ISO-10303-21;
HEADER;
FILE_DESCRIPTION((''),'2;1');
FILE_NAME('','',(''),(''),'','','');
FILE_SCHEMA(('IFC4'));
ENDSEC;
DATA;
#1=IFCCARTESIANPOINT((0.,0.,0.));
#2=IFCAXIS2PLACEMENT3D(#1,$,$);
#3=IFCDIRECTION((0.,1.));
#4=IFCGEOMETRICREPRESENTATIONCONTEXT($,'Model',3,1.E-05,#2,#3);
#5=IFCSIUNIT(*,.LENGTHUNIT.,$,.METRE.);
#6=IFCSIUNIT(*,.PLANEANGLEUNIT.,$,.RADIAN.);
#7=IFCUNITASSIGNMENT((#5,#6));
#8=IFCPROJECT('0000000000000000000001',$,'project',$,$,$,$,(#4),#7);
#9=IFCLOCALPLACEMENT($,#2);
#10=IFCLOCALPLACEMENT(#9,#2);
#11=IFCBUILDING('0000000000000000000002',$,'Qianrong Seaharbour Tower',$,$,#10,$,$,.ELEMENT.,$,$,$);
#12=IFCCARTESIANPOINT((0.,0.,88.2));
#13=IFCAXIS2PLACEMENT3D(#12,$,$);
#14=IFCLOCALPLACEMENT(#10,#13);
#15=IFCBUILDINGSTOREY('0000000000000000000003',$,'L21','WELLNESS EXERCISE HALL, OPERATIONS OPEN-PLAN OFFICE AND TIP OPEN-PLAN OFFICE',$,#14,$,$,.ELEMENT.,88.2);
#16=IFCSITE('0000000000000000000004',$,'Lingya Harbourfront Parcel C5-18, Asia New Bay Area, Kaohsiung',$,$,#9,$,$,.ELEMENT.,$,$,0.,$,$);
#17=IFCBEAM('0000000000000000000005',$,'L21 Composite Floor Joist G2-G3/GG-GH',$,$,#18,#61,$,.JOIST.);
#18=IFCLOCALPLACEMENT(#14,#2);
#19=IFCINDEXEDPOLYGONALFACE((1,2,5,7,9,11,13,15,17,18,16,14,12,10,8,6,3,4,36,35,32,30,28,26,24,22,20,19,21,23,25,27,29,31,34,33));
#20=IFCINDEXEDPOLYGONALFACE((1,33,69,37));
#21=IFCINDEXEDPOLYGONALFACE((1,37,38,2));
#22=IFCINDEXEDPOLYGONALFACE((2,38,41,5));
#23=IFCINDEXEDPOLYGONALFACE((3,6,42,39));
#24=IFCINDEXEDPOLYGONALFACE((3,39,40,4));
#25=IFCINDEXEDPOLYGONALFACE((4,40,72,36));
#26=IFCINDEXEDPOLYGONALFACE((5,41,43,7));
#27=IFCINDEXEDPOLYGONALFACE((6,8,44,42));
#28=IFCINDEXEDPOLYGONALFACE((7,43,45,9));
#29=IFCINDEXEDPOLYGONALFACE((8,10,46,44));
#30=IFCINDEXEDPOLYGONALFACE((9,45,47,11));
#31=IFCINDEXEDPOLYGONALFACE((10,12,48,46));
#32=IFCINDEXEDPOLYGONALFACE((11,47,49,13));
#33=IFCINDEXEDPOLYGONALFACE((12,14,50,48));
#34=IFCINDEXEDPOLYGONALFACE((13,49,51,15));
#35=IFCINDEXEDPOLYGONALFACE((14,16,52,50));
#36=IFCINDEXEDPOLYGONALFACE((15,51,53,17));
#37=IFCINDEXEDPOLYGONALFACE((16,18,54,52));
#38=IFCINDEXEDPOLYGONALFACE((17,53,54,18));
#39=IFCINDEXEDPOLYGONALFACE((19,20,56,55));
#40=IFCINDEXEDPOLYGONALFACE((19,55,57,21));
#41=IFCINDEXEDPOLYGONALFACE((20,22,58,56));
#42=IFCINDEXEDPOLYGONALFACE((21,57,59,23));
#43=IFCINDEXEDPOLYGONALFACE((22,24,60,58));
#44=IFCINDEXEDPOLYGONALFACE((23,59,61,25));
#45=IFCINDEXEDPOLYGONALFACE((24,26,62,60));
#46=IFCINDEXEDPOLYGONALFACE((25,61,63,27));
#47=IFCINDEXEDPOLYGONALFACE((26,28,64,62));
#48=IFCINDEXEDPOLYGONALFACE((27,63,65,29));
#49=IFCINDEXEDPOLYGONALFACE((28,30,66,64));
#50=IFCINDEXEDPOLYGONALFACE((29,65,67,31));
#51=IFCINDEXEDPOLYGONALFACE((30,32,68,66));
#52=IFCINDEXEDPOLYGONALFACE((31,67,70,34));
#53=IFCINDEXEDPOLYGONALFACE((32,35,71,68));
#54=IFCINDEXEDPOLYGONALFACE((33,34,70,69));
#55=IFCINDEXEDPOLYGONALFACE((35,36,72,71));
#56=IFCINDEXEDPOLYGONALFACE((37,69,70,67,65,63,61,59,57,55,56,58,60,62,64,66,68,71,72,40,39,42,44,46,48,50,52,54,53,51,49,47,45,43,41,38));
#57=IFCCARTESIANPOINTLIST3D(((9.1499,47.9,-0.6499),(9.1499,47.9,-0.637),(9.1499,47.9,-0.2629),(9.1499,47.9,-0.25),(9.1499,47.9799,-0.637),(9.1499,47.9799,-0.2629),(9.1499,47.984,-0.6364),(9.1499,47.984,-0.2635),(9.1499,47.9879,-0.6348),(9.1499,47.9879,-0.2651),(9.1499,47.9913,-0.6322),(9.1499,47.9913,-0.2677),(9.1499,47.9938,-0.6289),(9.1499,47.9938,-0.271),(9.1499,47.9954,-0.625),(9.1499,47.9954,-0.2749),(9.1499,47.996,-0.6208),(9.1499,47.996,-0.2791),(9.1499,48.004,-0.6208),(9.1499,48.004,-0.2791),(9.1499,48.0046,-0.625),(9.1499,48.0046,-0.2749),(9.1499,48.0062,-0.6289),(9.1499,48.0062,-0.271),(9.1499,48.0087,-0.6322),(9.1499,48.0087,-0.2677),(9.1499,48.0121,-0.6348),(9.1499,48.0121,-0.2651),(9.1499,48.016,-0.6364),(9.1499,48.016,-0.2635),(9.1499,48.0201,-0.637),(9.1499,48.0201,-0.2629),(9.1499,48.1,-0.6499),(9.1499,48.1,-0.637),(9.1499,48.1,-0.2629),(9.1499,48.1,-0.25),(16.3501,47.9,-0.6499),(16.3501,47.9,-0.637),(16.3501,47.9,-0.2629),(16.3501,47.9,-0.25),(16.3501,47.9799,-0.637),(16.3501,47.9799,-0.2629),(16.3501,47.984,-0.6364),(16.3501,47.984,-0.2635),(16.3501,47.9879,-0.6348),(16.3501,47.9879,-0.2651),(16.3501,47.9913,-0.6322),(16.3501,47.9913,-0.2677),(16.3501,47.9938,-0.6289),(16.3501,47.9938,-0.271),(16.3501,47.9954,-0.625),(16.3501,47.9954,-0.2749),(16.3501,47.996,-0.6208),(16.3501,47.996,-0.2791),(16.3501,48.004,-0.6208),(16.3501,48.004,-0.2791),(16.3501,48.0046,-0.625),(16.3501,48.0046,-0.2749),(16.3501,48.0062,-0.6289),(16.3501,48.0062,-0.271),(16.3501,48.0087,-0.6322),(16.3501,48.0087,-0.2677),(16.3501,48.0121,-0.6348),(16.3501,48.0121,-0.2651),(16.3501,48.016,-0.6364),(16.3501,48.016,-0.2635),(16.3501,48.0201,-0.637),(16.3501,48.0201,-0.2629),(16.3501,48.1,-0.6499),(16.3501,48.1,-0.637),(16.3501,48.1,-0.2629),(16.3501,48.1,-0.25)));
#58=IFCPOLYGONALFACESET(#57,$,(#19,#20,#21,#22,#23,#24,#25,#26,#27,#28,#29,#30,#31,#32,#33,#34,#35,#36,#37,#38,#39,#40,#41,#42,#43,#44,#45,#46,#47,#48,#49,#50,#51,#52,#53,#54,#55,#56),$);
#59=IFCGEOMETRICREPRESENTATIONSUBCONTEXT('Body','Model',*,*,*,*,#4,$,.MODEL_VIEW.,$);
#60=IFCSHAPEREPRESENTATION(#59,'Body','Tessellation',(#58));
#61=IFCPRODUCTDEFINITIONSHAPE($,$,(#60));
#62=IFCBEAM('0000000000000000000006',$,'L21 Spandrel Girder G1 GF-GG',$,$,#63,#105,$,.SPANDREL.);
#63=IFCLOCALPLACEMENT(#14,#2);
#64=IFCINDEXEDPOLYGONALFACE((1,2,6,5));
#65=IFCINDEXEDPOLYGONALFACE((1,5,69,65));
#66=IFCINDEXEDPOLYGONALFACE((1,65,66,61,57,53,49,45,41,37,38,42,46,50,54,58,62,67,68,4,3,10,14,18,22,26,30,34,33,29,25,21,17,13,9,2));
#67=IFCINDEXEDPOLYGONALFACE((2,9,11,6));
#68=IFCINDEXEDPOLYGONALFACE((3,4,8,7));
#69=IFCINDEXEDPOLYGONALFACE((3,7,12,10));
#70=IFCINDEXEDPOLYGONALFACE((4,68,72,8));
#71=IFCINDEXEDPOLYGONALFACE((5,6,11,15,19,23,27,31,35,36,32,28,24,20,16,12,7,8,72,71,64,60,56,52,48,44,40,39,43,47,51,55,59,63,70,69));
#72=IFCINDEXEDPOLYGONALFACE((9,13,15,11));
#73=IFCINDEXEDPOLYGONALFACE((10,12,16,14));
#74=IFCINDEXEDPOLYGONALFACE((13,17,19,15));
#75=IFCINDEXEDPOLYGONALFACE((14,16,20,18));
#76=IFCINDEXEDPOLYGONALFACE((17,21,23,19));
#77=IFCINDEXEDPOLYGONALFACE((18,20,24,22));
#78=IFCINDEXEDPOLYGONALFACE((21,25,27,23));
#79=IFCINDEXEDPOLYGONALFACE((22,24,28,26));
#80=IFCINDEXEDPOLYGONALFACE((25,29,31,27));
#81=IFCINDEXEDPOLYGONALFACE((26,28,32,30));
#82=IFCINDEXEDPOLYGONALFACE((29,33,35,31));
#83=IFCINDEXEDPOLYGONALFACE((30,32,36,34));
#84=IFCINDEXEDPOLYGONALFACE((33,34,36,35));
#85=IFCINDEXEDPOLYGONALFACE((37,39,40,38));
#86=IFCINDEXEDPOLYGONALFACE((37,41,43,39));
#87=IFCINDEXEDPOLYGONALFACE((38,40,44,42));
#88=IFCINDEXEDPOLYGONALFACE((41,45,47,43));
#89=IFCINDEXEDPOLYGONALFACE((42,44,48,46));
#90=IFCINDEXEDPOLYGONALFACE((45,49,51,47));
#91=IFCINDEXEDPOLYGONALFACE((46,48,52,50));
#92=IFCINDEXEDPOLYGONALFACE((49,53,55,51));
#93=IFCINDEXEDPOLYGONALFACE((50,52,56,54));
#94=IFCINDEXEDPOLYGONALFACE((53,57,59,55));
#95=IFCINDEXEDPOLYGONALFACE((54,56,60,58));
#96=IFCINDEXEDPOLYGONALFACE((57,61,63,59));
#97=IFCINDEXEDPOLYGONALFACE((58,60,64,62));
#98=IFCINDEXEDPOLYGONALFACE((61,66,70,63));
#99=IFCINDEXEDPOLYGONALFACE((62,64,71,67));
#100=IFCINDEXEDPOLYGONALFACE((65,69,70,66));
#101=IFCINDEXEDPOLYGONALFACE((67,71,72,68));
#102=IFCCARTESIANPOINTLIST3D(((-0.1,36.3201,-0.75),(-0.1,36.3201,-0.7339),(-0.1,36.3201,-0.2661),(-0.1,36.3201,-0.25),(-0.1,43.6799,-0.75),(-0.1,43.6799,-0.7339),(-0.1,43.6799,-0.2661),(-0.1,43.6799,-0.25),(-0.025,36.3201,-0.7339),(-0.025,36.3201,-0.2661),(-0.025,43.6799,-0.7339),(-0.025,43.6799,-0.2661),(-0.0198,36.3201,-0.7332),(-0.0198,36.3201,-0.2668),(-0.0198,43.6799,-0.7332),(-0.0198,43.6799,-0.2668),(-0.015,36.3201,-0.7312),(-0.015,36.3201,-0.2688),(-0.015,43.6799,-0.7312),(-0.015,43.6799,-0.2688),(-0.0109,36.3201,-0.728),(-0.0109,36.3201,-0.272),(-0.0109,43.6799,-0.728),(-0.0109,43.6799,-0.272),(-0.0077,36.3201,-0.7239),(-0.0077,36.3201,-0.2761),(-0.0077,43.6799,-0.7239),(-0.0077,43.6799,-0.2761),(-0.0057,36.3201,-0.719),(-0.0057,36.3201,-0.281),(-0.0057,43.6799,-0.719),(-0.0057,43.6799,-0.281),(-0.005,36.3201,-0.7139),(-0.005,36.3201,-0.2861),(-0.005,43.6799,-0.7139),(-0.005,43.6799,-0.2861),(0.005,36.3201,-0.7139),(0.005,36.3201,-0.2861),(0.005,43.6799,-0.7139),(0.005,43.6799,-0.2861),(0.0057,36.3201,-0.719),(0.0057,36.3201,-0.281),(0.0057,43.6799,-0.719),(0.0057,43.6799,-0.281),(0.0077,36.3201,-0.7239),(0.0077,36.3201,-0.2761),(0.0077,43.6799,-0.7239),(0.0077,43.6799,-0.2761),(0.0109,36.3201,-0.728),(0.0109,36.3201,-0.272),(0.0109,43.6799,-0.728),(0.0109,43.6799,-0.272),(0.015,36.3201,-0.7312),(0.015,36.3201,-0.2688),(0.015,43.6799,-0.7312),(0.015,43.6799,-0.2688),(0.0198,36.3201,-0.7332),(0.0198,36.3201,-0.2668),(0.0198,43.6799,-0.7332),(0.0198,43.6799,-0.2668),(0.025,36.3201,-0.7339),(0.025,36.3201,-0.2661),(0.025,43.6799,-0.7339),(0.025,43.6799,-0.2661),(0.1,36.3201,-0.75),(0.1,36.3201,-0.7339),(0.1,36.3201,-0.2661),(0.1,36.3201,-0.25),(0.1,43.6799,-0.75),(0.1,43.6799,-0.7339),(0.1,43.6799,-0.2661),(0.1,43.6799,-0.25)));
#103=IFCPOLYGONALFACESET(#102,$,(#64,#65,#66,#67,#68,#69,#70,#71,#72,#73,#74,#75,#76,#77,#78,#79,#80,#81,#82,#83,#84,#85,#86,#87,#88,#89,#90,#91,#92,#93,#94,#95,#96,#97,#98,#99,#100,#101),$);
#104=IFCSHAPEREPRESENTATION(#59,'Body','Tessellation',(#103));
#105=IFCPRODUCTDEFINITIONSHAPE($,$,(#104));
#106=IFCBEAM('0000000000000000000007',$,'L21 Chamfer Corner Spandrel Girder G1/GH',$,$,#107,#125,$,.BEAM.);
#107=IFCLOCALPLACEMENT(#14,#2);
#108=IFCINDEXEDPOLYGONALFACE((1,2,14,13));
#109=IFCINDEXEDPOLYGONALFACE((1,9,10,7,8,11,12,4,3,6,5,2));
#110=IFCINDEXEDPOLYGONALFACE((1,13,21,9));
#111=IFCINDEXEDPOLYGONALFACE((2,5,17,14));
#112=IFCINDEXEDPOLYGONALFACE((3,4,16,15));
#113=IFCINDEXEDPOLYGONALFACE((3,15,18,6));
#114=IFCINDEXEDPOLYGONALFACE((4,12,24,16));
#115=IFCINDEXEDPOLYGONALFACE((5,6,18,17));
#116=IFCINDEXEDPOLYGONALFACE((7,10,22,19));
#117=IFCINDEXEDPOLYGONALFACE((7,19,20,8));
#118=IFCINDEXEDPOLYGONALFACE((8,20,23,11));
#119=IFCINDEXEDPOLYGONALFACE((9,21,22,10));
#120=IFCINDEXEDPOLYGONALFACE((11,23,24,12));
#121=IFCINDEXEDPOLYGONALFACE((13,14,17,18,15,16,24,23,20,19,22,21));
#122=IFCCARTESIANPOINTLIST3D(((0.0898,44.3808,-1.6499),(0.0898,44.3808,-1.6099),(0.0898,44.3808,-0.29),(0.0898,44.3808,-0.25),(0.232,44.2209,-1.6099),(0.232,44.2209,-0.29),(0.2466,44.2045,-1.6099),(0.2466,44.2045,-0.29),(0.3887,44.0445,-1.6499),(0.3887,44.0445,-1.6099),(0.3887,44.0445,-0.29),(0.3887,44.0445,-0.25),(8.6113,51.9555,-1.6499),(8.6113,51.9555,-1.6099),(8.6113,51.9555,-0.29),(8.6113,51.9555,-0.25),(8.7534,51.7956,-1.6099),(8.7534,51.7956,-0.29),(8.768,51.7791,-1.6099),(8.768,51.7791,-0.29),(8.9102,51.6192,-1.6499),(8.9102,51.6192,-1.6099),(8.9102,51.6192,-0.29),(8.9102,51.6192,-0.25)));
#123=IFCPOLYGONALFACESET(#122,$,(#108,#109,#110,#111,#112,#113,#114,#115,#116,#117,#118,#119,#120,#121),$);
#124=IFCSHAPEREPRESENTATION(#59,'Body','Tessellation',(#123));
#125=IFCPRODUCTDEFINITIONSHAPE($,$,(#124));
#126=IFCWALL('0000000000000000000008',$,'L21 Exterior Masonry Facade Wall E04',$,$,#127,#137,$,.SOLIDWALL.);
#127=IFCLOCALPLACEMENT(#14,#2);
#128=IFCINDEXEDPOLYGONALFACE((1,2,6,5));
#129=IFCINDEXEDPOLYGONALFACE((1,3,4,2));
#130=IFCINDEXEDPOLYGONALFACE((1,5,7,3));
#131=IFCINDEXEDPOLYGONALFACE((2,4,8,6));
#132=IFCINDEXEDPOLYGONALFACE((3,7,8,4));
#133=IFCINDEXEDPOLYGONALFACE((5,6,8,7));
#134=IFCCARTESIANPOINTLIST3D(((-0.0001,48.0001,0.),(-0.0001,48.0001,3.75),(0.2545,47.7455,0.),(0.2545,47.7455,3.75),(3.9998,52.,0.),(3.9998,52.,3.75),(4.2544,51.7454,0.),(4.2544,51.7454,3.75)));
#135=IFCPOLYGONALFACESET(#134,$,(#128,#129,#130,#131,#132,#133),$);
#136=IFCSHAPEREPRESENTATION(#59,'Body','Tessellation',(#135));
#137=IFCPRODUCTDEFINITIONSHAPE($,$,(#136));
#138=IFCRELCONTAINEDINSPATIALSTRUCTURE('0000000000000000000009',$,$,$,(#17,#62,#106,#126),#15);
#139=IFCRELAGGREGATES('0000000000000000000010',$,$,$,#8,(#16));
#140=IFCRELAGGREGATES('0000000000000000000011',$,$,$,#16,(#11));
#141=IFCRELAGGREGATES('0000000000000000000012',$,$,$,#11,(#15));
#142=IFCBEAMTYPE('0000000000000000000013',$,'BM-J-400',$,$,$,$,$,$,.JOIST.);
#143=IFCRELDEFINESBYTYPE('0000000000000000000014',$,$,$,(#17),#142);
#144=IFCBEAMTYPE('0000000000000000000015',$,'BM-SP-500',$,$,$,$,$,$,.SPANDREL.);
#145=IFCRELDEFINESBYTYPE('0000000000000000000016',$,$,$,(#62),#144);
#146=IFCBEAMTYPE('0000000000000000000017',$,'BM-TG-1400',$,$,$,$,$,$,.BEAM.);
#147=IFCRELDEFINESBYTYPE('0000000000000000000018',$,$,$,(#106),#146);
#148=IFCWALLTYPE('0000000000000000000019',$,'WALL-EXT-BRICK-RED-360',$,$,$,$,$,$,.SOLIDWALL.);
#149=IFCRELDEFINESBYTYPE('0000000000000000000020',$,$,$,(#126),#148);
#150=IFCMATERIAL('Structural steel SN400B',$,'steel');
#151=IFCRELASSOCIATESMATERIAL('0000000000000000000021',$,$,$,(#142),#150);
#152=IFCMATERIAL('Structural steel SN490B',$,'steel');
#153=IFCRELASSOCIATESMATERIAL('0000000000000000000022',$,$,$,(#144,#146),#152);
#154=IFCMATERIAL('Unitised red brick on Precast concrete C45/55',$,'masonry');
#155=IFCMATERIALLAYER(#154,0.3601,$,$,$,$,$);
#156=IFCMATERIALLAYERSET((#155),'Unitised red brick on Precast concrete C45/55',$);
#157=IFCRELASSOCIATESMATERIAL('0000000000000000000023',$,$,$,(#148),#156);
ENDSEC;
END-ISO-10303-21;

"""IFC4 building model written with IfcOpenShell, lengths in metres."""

from ifc_helpers import new_model, si_unit, direction, frame, frame_2d, origin, origin_2d, place, context, subcontext, project, spatial, rectangle, i_section, extrude, material, layer, layer_set, material_profile, profile_set, type_object, element, save


model = new_model("IFC4")

# Units and contexts
model_context = context("Model", 3, precision=1e-05, world=origin(), true_north=direction((0.0, 1.0)))
body_context = subcontext(model_context, "Body", "Model", "MODEL_VIEW")
ifc_project = project(units=[si_unit("LENGTHUNIT", "METRE"), si_unit("PLANEANGLEUNIT", "RADIAN")], contexts=[model_context])

# Site, building, storey
site_placement = place(None, origin())
site = spatial("IfcSite", under=ifc_project, at=site_placement, Name="Lingya Harbourfront Parcel C5-18, Asia New Bay Area, Kaohsiung", CompositionType="ELEMENT", RefElevation=0.0)
building_placement = place(site_placement, origin())
building = spatial("IfcBuilding", under=site, at=building_placement, Name="Qianrong Seaharbour Tower", CompositionType="ELEMENT")
storey_placement = place(building_placement, frame((0.0, 0.0, 88.2)))
storey = spatial("IfcBuildingStorey", under=building, at=storey_placement, Name="L21", Description="WELLNESS EXERCISE HALL, OPERATIONS OPEN-PLAN OFFICE AND TIP OPEN-PLAN OFFICE", CompositionType="ELEMENT", Elevation=88.2)

# Shared definitions
ifc_material_1 = material(Name="Structural steel SN490B", Category="steel")

# Beams
ifc_material_2 = material(Name="Structural steel SN400B", Category="steel")
ifc_material_profile_1 = material_profile(ifc_material_2, i_section(OverallWidth=0.2, OverallDepth=0.3999, WebThickness=0.0081, FlangeThickness=0.0129, FilletRadius=0.0161, at=origin_2d()), Name="H400x200x8x13")
ifc_profile_set_1 = profile_set([ifc_material_profile_1], Name="Structural steel SN400B")
beam_type_1 = type_object("IfcBeamType", Name="BM-J-400", PredefinedType="JOIST", material=ifc_profile_set_1)
for number, where, z_axis, x_axis, name in (
    (1, (9.1499, 48.0, -0.45), (1.0, 0.0, 0.0), (0.0, 1.0, 0.0), "L21 Composite Floor Joist G2-G3/GG-GH"),
):
    element("IfcBeam", number, at=place(storey_placement, frame(where, z_axis=z_axis, x_axis=x_axis)), inside=storey, type_object=beam_type_1, Name=name, PredefinedType="JOIST", context=body_context, shape_type="SweptSolid", body=[
        extrude(i_section(OverallWidth=0.2, OverallDepth=0.3999, WebThickness=0.0081, FlangeThickness=0.0129, FilletRadius=0.0161, at=origin_2d()), origin(), (0.0, 0.0, 1.0), 7.2002),
    ])
ifc_material_profile_2 = material_profile(ifc_material_1, i_section(OverallWidth=0.2, OverallDepth=0.5, WebThickness=0.01, FlangeThickness=0.0161, FilletRadius=0.02, at=origin_2d()), Name="H500x200x10x16")
ifc_profile_set_2 = profile_set([ifc_material_profile_2], Name="Structural steel SN490B")
beam_type_2 = type_object("IfcBeamType", Name="BM-SP-500", PredefinedType="SPANDREL", material=ifc_profile_set_2)
beam_1_placement = place(storey_placement, frame((0.0, 36.3201, -0.5), z_axis=(0.0, 1.0, 0.0), x_axis=(-1.0, 0.0, 0.0)))
element("IfcBeam", 2, at=beam_1_placement, inside=storey, type_object=beam_type_2, Name="L21 Spandrel Girder G1 GF-GG", PredefinedType="SPANDREL", context=body_context, shape_type="SweptSolid", body=[
    extrude(i_section(OverallWidth=0.2, OverallDepth=0.5, WebThickness=0.01, FlangeThickness=0.0161, FilletRadius=0.02, at=origin_2d()), origin(), (0.0, 0.0, 1.0), 7.3599),
])
ifc_material_profile_3 = material_profile(ifc_material_1, i_section(OverallWidth=0.45, OverallDepth=1.3999, WebThickness=0.022, FlangeThickness=0.04, at=origin_2d()), Name="BH1400x450x22x40")
ifc_profile_set_3 = profile_set([ifc_material_profile_3], Name="Structural steel SN490B")
beam_type_3 = type_object("IfcBeamType", Name="BM-TG-1400", PredefinedType="BEAM", material=ifc_profile_set_3)
beam_2_placement = place(storey_placement, frame((8.7607, 51.7874, -0.95), z_axis=(-0.747407, -0.664366, 0.0), x_axis=(0.664366, -0.747407, 0.0)))
element("IfcBeam", 3, at=beam_2_placement, inside=storey, type_object=beam_type_3, Name="L21 Chamfer Corner Spandrel Girder G1/GH", PredefinedType="BEAM", context=body_context, shape_type="SweptSolid", body=[
    extrude(i_section(OverallWidth=0.45, OverallDepth=1.3999, WebThickness=0.022, FlangeThickness=0.04, at=origin_2d()), origin(), (0.0, 0.0, 1.0), 11.4014),
])

# Wall
ifc_material_3 = material(Name="Unitised red brick on Precast concrete C45/55", Category="masonry")
ifc_layer_1 = layer(ifc_material_3, 0.3601)
ifc_layer_set_1 = layer_set([ifc_layer_1], Name="Unitised red brick on Precast concrete C45/55")
wall_type_1 = type_object("IfcWallType", Name="WALL-EXT-BRICK-RED-360", PredefinedType="SOLIDWALL", material=ifc_layer_set_1)
wall_1_placement = place(storey_placement, frame((0.1272, 47.8728, 0.0), z_axis=(0.0, 0.0, 1.0), x_axis=(0.707107, 0.707107, 0.0)))
element("IfcWall", 4, at=wall_1_placement, inside=storey, type_object=wall_type_1, Name="L21 Exterior Masonry Facade Wall E04", PredefinedType="SOLIDWALL", context=body_context, shape_type="SweptSolid", body=[
    extrude(rectangle(XDim=5.6567, YDim=0.3601, at=frame_2d((2.8284, 0.0))), origin(), (0.0, 0.0, 1.0), 3.75),
])

save(model, "model.ifc")
